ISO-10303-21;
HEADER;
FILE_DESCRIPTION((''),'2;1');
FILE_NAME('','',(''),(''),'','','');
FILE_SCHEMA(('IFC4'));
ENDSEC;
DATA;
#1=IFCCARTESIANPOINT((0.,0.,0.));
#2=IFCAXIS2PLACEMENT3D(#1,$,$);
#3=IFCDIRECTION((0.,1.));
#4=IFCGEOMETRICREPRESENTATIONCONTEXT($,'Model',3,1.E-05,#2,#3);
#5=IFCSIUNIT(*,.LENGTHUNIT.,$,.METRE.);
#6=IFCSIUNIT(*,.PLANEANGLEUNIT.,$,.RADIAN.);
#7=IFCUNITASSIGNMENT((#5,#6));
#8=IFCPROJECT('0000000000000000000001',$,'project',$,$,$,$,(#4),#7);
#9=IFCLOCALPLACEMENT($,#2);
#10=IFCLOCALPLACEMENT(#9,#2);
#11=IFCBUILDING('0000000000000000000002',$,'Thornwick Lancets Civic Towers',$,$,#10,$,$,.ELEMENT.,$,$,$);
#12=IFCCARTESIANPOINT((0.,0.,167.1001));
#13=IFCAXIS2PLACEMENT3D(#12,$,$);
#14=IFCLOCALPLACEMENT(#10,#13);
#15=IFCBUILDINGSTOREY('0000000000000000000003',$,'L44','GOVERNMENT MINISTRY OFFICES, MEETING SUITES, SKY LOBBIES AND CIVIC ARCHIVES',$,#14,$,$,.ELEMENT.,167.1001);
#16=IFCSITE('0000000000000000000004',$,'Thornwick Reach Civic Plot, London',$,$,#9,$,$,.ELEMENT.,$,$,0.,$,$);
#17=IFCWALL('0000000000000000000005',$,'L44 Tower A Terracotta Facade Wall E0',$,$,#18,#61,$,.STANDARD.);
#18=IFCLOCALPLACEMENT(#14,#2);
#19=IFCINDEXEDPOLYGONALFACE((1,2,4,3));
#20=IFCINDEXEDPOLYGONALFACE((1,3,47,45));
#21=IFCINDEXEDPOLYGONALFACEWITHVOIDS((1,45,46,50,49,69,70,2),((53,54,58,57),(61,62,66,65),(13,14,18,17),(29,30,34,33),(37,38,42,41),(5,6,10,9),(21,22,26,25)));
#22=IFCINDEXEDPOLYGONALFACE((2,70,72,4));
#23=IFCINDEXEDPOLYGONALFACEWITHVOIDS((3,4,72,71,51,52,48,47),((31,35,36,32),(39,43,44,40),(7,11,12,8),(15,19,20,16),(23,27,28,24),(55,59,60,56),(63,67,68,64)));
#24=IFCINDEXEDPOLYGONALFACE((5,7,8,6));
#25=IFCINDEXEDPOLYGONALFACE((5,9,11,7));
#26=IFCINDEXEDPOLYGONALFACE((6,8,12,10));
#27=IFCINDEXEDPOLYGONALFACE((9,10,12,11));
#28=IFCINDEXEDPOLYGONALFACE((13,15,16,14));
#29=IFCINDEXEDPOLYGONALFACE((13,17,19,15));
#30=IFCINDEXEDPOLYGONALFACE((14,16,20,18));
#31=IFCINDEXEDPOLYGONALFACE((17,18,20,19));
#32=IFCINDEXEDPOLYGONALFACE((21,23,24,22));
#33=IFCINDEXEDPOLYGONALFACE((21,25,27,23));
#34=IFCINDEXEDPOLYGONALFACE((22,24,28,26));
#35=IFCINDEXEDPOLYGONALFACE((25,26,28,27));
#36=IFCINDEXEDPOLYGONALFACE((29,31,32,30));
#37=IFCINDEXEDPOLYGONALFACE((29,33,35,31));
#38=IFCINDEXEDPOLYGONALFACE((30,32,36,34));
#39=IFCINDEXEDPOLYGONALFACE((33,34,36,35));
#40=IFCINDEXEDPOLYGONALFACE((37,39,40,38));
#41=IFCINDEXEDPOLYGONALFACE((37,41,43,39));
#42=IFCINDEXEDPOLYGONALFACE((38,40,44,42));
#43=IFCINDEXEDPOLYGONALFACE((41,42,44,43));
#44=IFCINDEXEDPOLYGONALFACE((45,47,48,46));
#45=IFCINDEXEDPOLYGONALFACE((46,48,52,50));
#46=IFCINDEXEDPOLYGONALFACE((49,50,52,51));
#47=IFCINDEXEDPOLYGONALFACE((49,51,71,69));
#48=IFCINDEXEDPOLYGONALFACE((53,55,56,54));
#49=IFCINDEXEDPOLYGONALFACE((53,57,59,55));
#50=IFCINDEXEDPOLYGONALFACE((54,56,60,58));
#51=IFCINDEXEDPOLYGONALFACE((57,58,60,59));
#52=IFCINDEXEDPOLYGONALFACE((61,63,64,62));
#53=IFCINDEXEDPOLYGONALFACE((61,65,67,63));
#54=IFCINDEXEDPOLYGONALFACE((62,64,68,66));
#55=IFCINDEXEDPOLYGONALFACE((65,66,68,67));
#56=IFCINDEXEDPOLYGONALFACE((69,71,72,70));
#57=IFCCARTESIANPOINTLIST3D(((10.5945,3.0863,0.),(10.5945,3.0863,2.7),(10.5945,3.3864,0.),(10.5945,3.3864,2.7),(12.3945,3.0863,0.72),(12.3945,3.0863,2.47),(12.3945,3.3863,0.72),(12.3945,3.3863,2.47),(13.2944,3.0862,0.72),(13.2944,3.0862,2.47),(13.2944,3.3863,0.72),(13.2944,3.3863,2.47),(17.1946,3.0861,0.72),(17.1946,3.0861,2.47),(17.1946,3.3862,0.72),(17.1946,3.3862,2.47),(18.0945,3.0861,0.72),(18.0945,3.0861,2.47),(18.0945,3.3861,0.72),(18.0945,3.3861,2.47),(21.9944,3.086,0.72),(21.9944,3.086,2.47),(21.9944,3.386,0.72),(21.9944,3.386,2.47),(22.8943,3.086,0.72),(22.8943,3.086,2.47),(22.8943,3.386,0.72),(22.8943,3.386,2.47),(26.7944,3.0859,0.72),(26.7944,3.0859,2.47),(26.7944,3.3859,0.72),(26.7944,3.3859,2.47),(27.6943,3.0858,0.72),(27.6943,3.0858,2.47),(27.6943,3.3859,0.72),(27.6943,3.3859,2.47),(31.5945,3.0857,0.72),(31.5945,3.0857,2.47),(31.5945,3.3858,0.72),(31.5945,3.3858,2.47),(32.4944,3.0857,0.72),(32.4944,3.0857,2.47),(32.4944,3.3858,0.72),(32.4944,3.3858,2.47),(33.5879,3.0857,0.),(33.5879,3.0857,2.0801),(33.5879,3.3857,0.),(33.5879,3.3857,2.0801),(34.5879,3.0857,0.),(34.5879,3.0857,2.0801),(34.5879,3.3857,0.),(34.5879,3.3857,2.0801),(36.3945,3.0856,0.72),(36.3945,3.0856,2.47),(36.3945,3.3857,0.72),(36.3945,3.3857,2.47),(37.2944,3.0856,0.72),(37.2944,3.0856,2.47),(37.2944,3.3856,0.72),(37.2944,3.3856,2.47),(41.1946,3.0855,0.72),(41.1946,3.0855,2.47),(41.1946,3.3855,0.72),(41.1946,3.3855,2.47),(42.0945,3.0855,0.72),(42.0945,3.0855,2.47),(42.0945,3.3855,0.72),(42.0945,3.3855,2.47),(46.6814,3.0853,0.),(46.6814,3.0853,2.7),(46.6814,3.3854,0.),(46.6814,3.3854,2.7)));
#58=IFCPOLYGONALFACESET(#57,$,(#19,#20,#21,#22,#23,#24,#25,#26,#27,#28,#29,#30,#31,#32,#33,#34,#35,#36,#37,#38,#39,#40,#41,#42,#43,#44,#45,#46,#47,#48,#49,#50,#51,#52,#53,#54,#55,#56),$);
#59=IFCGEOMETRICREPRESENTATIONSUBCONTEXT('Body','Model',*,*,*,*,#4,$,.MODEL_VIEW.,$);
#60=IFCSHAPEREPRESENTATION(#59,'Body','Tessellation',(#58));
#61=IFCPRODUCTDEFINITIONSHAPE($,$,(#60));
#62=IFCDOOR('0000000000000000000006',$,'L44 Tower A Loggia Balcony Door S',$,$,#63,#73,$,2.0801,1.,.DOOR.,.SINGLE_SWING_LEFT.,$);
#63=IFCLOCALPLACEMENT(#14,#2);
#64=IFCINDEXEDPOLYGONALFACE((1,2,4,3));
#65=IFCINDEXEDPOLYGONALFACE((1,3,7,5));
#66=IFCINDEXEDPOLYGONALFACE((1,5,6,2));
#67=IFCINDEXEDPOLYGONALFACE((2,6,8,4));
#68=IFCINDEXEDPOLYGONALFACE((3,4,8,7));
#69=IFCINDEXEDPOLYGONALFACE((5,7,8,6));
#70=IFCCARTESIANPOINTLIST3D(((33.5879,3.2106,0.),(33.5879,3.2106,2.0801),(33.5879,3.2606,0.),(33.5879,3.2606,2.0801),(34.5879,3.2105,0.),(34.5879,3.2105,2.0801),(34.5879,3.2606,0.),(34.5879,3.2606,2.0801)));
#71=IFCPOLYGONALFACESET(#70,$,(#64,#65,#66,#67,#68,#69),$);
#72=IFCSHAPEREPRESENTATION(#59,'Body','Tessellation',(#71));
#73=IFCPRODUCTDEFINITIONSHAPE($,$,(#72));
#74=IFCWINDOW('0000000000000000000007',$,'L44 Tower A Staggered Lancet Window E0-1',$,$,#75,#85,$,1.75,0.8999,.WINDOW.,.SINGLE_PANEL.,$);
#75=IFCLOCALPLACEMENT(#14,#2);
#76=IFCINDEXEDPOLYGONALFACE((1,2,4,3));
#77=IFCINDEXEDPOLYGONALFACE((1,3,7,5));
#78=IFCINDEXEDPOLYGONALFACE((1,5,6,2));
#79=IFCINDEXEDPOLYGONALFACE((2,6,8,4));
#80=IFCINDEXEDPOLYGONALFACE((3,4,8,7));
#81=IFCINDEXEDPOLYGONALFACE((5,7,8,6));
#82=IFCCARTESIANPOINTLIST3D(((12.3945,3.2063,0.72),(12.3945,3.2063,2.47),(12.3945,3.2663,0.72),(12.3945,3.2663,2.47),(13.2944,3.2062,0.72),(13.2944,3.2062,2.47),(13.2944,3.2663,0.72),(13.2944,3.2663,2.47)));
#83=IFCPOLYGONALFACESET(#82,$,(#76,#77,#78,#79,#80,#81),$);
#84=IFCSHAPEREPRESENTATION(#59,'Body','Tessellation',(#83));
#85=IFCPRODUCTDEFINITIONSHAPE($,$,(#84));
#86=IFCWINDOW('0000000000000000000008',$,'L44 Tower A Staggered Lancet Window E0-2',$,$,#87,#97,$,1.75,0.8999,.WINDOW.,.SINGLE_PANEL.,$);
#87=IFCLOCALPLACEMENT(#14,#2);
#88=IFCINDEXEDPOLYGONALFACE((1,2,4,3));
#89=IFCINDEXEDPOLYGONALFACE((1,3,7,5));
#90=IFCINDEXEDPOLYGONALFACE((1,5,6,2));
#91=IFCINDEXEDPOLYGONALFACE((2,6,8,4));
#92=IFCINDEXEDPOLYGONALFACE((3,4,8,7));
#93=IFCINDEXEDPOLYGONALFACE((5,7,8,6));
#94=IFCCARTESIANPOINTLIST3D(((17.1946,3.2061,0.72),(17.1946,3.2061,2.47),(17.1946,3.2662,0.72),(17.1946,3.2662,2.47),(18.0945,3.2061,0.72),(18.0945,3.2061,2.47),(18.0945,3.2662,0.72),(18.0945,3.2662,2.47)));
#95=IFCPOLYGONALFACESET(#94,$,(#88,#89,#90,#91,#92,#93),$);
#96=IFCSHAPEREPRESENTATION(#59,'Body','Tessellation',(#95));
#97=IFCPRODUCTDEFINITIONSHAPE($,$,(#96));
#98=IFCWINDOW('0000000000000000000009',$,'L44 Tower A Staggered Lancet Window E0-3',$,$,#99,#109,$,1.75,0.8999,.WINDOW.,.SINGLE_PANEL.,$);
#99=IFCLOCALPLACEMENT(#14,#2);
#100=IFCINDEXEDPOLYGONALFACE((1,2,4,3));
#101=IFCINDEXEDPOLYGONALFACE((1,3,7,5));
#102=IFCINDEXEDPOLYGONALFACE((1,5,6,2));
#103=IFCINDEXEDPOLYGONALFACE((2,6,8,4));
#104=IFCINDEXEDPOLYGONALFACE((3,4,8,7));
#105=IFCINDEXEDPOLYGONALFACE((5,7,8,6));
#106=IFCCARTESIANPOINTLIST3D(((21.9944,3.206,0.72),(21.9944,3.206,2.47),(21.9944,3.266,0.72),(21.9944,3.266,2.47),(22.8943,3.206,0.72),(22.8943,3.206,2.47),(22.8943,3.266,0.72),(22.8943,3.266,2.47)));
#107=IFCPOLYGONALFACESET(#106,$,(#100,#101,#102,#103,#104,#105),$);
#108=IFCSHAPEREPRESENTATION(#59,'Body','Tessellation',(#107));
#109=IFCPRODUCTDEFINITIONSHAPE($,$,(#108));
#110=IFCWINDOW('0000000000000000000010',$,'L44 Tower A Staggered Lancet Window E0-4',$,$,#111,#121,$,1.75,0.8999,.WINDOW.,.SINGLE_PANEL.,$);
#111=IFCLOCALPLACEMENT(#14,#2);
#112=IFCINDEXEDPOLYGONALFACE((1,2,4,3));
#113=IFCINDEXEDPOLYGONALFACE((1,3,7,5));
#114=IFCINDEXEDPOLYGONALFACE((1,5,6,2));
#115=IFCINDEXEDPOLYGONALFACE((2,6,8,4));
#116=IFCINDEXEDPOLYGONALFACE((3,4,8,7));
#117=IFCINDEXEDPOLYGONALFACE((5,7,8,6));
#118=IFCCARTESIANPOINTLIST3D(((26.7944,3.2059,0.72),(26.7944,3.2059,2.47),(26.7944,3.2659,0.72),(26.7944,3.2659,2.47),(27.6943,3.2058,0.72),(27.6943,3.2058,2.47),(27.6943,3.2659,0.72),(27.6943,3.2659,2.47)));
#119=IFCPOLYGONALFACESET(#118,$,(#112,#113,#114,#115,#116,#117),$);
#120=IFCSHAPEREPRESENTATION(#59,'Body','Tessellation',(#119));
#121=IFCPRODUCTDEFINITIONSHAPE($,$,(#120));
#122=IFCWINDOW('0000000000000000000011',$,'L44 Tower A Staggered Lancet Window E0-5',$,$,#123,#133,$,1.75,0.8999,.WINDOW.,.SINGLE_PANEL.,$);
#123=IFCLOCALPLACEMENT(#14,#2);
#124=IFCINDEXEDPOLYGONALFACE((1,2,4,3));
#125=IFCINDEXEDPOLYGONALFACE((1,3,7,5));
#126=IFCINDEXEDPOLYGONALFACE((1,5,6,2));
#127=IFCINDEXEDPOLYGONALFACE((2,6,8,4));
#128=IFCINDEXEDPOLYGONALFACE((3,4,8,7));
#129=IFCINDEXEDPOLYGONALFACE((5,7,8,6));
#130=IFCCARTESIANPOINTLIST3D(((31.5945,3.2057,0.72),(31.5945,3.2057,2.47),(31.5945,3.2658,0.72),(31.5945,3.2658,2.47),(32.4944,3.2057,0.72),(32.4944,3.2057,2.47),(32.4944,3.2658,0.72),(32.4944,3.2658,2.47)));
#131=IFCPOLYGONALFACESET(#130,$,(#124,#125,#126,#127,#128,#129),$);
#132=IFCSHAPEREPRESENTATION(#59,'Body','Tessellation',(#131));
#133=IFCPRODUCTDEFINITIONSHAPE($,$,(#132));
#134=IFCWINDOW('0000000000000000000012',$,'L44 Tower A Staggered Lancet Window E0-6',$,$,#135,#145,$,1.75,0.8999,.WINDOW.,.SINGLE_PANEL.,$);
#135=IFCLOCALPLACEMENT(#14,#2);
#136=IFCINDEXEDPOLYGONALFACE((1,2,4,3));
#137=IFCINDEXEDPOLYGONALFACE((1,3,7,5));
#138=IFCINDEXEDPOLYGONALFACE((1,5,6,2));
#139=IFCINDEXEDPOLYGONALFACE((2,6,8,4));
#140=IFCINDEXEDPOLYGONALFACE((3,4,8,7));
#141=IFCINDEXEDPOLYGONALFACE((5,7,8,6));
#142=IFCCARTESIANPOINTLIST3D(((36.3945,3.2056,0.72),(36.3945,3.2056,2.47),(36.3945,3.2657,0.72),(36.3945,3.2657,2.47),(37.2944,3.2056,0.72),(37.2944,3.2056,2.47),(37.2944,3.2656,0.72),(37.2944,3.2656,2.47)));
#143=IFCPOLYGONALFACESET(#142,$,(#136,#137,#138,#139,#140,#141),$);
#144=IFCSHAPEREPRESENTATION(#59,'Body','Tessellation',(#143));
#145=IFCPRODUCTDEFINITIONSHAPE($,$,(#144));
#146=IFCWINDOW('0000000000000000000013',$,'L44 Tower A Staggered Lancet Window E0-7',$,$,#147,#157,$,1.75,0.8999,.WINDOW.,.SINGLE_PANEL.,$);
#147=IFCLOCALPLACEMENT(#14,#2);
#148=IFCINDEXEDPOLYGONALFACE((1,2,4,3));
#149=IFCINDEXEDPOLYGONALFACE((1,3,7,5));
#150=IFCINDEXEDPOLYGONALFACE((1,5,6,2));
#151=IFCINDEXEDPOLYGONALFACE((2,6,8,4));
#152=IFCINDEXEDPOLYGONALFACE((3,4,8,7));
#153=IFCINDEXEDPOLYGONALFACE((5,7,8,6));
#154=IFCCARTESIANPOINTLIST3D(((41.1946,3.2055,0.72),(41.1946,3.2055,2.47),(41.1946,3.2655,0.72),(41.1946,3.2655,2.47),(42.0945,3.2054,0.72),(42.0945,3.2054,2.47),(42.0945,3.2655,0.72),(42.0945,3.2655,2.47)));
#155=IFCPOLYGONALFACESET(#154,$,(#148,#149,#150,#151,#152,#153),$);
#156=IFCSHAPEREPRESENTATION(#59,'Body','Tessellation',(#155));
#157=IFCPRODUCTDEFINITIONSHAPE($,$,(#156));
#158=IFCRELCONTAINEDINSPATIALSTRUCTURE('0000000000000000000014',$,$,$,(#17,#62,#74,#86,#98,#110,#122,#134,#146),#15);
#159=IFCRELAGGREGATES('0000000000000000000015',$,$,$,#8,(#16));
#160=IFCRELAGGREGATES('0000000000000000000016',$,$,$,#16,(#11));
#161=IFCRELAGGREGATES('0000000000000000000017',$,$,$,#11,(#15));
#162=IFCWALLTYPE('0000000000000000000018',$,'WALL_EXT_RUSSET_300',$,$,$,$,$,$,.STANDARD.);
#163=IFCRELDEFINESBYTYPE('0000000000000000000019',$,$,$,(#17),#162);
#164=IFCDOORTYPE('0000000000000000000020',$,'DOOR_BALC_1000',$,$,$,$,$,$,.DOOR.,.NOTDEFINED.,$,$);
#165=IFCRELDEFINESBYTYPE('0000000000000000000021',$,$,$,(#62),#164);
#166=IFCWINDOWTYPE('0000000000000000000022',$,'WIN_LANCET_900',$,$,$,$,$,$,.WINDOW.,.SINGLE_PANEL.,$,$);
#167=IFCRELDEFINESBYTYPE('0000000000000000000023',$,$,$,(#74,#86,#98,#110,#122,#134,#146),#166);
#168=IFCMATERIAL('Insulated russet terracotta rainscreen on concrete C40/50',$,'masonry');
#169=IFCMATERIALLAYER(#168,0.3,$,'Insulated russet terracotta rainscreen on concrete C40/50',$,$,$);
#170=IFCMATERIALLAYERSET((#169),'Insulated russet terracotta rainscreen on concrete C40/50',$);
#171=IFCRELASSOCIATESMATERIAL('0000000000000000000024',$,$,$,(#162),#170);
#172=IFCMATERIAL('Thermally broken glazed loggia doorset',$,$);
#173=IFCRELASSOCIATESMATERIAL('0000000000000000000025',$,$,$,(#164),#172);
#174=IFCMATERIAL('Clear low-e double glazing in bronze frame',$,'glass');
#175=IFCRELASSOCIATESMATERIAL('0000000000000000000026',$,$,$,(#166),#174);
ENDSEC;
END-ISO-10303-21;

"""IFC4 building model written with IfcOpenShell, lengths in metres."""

from ifc_helpers import new_model, si_unit, direction, frame, frame_2d, origin, place, context, subcontext, project, spatial, rectangle, extrude, material, layer, layer_set, type_object, element, fill, save


model = new_model("IFC4")

# Units and contexts
model_context = context("Model", 3, precision=1e-05, world=origin(), true_north=direction((0.0, 1.0)))
body_context = subcontext(model_context, "Body", "Model", "MODEL_VIEW")
ifc_project = project(units=[si_unit("LENGTHUNIT", "METRE"), si_unit("PLANEANGLEUNIT", "RADIAN")], contexts=[model_context])

# Site, building, storey
site_placement = place(None, origin())
site = spatial("IfcSite", under=ifc_project, at=site_placement, Name="Thornwick Reach Civic Plot, London", CompositionType="ELEMENT", RefElevation=0.0)
building_placement = place(site_placement, origin())
building = spatial("IfcBuilding", under=site, at=building_placement, Name="Thornwick Lancets Civic Towers", CompositionType="ELEMENT")
storey_placement = place(building_placement, frame((0.0, 0.0, 167.1001)))
storey = spatial("IfcBuildingStorey", under=building, at=storey_placement, Name="L44", Description="GOVERNMENT MINISTRY OFFICES, MEETING SUITES, SKY LOBBIES AND CIVIC ARCHIVES", CompositionType="ELEMENT", Elevation=167.1001)

# Wall, openings, door, windows
ifc_material_1 = material(Name="Insulated russet terracotta rainscreen on concrete C40/50", Category="masonry")
ifc_layer_1 = layer(ifc_material_1, 0.3, Name="Insulated russet terracotta rainscreen on concrete C40/50")
ifc_layer_set_1 = layer_set([ifc_layer_1], Name="Insulated russet terracotta rainscreen on concrete C40/50")
wall_type_1 = type_object("IfcWallType", Name="WALL_EXT_RUSSET_300", PredefinedType="STANDARD", material=ifc_layer_set_1)
wall_1_placement = place(storey_placement, frame((10.5945, 3.2363, 0.0), z_axis=(0.0, 0.0, 1.0), x_axis=(1.0, -0.000027, 0.0)))
wall_1 = element("IfcWall", 1, at=wall_1_placement, inside=storey, type_object=wall_type_1, Name="L44 Tower A Terracotta Facade Wall E0", PredefinedType="STANDARD", context=body_context, shape_type="SweptSolid", body=[
    extrude(rectangle(XDim=36.0869, YDim=0.3, at=frame_2d((18.0435, 0.0))), origin(), (0.0, 0.0, 1.0), 2.7),
])
opening_1_placement = place(wall_1_placement, frame((22.9934, 0.0, 0.0)))
opening_1 = element("IfcOpeningElement", 2, at=opening_1_placement, cuts=wall_1, PredefinedType="OPENING", context=body_context, shape_type="SweptSolid", body=[
    extrude(rectangle(XDim=1.0, YDim=2.0801, at=frame_2d((0.5, 1.04))), frame((0.0, 0.1602, 0.0), z_axis=(0.0, -1.0, 0.0), x_axis=(1.0, 0.0, 0.0)), (0.0, 0.0, 1.0), 0.3201),
])
opening_2_placement = place(wall_1_placement, frame((1.8, 0.0, 0.72)))
opening_2 = element("IfcOpeningElement", 3, at=opening_2_placement, cuts=wall_1, PredefinedType="OPENING", context=body_context, shape_type="SweptSolid", body=[
    extrude(rectangle(XDim=0.8999, YDim=1.75, at=frame_2d((0.45, 0.875))), frame((0.0, 0.1602, 0.0), z_axis=(0.0, -1.0, 0.0), x_axis=(1.0, 0.0, 0.0)), (0.0, 0.0, 1.0), 0.3201),
])
opening_3_placement = place(wall_1_placement, frame((6.6001, 0.0, 0.72)))
opening_3 = element("IfcOpeningElement", 4, at=opening_3_placement, cuts=wall_1, PredefinedType="OPENING", context=body_context, shape_type="SweptSolid", body=[
    extrude(rectangle(XDim=0.8999, YDim=1.75, at=frame_2d((0.45, 0.875))), frame((0.0, 0.1602, 0.0), z_axis=(0.0, -1.0, 0.0), x_axis=(1.0, 0.0, 0.0)), (0.0, 0.0, 1.0), 0.3201),
])
opening_4_placement = place(wall_1_placement, frame((11.3999, 0.0, 0.72)))
opening_4 = element("IfcOpeningElement", 5, at=opening_4_placement, cuts=wall_1, PredefinedType="OPENING", context=body_context, shape_type="SweptSolid", body=[
    extrude(rectangle(XDim=0.8999, YDim=1.75, at=frame_2d((0.45, 0.875))), frame((0.0, 0.1602, 0.0), z_axis=(0.0, -1.0, 0.0), x_axis=(1.0, 0.0, 0.0)), (0.0, 0.0, 1.0), 0.3201),
])
opening_5_placement = place(wall_1_placement, frame((16.2, 0.0, 0.72)))
opening_5 = element("IfcOpeningElement", 6, at=opening_5_placement, cuts=wall_1, PredefinedType="OPENING", context=body_context, shape_type="SweptSolid", body=[
    extrude(rectangle(XDim=0.8999, YDim=1.75, at=frame_2d((0.45, 0.875))), frame((0.0, 0.1602, 0.0), z_axis=(0.0, -1.0, 0.0), x_axis=(1.0, 0.0, 0.0)), (0.0, 0.0, 1.0), 0.3201),
])
opening_6_placement = place(wall_1_placement, frame((21.0, 0.0, 0.72)))
opening_6 = element("IfcOpeningElement", 7, at=opening_6_placement, cuts=wall_1, PredefinedType="OPENING", context=body_context, shape_type="SweptSolid", body=[
    extrude(rectangle(XDim=0.8999, YDim=1.75, at=frame_2d((0.45, 0.875))), frame((0.0, 0.1602, 0.0), z_axis=(0.0, -1.0, 0.0), x_axis=(1.0, 0.0, 0.0)), (0.0, 0.0, 1.0), 0.3201),
])
opening_7_placement = place(wall_1_placement, frame((25.8, 0.0, 0.72)))
opening_7 = element("IfcOpeningElement", 8, at=opening_7_placement, cuts=wall_1, PredefinedType="OPENING", context=body_context, shape_type="SweptSolid", body=[
    extrude(rectangle(XDim=0.8999, YDim=1.75, at=frame_2d((0.45, 0.875))), frame((0.0, 0.1602, 0.0), z_axis=(0.0, -1.0, 0.0), x_axis=(1.0, 0.0, 0.0)), (0.0, 0.0, 1.0), 0.3201),
])
opening_8_placement = place(wall_1_placement, frame((30.6001, 0.0, 0.72)))
opening_8 = element("IfcOpeningElement", 9, at=opening_8_placement, cuts=wall_1, PredefinedType="OPENING", context=body_context, shape_type="SweptSolid", body=[
    extrude(rectangle(XDim=0.8999, YDim=1.75, at=frame_2d((0.45, 0.875))), frame((0.0, 0.1602, 0.0), z_axis=(0.0, -1.0, 0.0), x_axis=(1.0, 0.0, 0.0)), (0.0, 0.0, 1.0), 0.3201),
])
ifc_material_2 = material(Name="Thermally broken glazed loggia doorset")
door_type = type_object("IfcDoorType", Name="DOOR_BALC_1000", OperationType="NOTDEFINED", PredefinedType="DOOR", material=ifc_material_2)
door_placement = place(opening_1_placement, origin())
door = element("IfcDoor", 10, at=door_placement, inside=storey, type_object=door_type, Name="L44 Tower A Loggia Balcony Door S", OperationType="SINGLE_SWING_LEFT", OverallHeight=2.0801, OverallWidth=1.0, PredefinedType="DOOR", context=body_context, shape_type="SweptSolid", body=[
    extrude(rectangle(XDim=1.0, YDim=2.0801, at=frame_2d((0.5, 1.04))), frame((0.0, 0.0249, 0.0), z_axis=(0.0, -1.0, 0.0), x_axis=(1.0, 0.0, 0.0)), (0.0, 0.0, 1.0), 0.05),
])
fill(opening_1, door)
ifc_material_3 = material(Name="Clear low-e double glazing in bronze frame", Category="glass")
window_type = type_object("IfcWindowType", Name="WIN_LANCET_900", PartitioningType="SINGLE_PANEL", PredefinedType="WINDOW", material=ifc_material_3)
window_1_placement = place(opening_2_placement, origin())
window_1 = element("IfcWindow", 11, at=window_1_placement, inside=storey, type_object=window_type, Name="L44 Tower A Staggered Lancet Window E0-1", OverallHeight=1.75, OverallWidth=0.8999, PartitioningType="SINGLE_PANEL", PredefinedType="WINDOW", context=body_context, shape_type="SweptSolid", body=[
    extrude(rectangle(XDim=0.8999, YDim=1.75, at=frame_2d((0.45, 0.875))), frame((0.0, 0.03, 0.0), z_axis=(0.0, -1.0, 0.0), x_axis=(1.0, 0.0, 0.0)), (0.0, 0.0, 1.0), 0.0601),
])
fill(opening_2, window_1)
window_2_placement = place(opening_3_placement, origin())
window_2 = element("IfcWindow", 12, at=window_2_placement, inside=storey, type_object=window_type, Name="L44 Tower A Staggered Lancet Window E0-2", OverallHeight=1.75, OverallWidth=0.8999, PartitioningType="SINGLE_PANEL", PredefinedType="WINDOW", context=body_context, shape_type="SweptSolid", body=[
    extrude(rectangle(XDim=0.8999, YDim=1.75, at=frame_2d((0.45, 0.875))), frame((0.0, 0.03, 0.0), z_axis=(0.0, -1.0, 0.0), x_axis=(1.0, 0.0, 0.0)), (0.0, 0.0, 1.0), 0.0601),
])
fill(opening_3, window_2)
window_3_placement = place(opening_4_placement, origin())
window_3 = element("IfcWindow", 13, at=window_3_placement, inside=storey, type_object=window_type, Name="L44 Tower A Staggered Lancet Window E0-3", OverallHeight=1.75, OverallWidth=0.8999, PartitioningType="SINGLE_PANEL", PredefinedType="WINDOW", context=body_context, shape_type="SweptSolid", body=[
    extrude(rectangle(XDim=0.8999, YDim=1.75, at=frame_2d((0.45, 0.875))), frame((0.0, 0.03, 0.0), z_axis=(0.0, -1.0, 0.0), x_axis=(1.0, 0.0, 0.0)), (0.0, 0.0, 1.0), 0.0601),
])
fill(opening_4, window_3)
window_4_placement = place(opening_5_placement, origin())
window_4 = element("IfcWindow", 14, at=window_4_placement, inside=storey, type_object=window_type, Name="L44 Tower A Staggered Lancet Window E0-4", OverallHeight=1.75, OverallWidth=0.8999, PartitioningType="SINGLE_PANEL", PredefinedType="WINDOW", context=body_context, shape_type="SweptSolid", body=[
    extrude(rectangle(XDim=0.8999, YDim=1.75, at=frame_2d((0.45, 0.875))), frame((0.0, 0.03, 0.0), z_axis=(0.0, -1.0, 0.0), x_axis=(1.0, 0.0, 0.0)), (0.0, 0.0, 1.0), 0.0601),
])
fill(opening_5, window_4)
window_5_placement = place(opening_6_placement, origin())
window_5 = element("IfcWindow", 15, at=window_5_placement, inside=storey, type_object=window_type, Name="L44 Tower A Staggered Lancet Window E0-5", OverallHeight=1.75, OverallWidth=0.8999, PartitioningType="SINGLE_PANEL", PredefinedType="WINDOW", context=body_context, shape_type="SweptSolid", body=[
    extrude(rectangle(XDim=0.8999, YDim=1.75, at=frame_2d((0.45, 0.875))), frame((0.0, 0.03, 0.0), z_axis=(0.0, -1.0, 0.0), x_axis=(1.0, 0.0, 0.0)), (0.0, 0.0, 1.0), 0.0601),
])
fill(opening_6, window_5)
window_6_placement = place(opening_7_placement, origin())
window_6 = element("IfcWindow", 16, at=window_6_placement, inside=storey, type_object=window_type, Name="L44 Tower A Staggered Lancet Window E0-6", OverallHeight=1.75, OverallWidth=0.8999, PartitioningType="SINGLE_PANEL", PredefinedType="WINDOW", context=body_context, shape_type="SweptSolid", body=[
    extrude(rectangle(XDim=0.8999, YDim=1.75, at=frame_2d((0.45, 0.875))), frame((0.0, 0.03, 0.0), z_axis=(0.0, -1.0, 0.0), x_axis=(1.0, 0.0, 0.0)), (0.0, 0.0, 1.0), 0.0601),
])
fill(opening_7, window_6)
window_7_placement = place(opening_8_placement, origin())
window_7 = element("IfcWindow", 17, at=window_7_placement, inside=storey, type_object=window_type, Name="L44 Tower A Staggered Lancet Window E0-7", OverallHeight=1.75, OverallWidth=0.8999, PartitioningType="SINGLE_PANEL", PredefinedType="WINDOW", context=body_context, shape_type="SweptSolid", body=[
    extrude(rectangle(XDim=0.8999, YDim=1.75, at=frame_2d((0.45, 0.875))), frame((0.0, 0.03, 0.0), z_axis=(0.0, -1.0, 0.0), x_axis=(1.0, 0.0, 0.0)), (0.0, 0.0, 1.0), 0.0601),
])
fill(opening_8, window_7)

save(model, "model.ifc")
